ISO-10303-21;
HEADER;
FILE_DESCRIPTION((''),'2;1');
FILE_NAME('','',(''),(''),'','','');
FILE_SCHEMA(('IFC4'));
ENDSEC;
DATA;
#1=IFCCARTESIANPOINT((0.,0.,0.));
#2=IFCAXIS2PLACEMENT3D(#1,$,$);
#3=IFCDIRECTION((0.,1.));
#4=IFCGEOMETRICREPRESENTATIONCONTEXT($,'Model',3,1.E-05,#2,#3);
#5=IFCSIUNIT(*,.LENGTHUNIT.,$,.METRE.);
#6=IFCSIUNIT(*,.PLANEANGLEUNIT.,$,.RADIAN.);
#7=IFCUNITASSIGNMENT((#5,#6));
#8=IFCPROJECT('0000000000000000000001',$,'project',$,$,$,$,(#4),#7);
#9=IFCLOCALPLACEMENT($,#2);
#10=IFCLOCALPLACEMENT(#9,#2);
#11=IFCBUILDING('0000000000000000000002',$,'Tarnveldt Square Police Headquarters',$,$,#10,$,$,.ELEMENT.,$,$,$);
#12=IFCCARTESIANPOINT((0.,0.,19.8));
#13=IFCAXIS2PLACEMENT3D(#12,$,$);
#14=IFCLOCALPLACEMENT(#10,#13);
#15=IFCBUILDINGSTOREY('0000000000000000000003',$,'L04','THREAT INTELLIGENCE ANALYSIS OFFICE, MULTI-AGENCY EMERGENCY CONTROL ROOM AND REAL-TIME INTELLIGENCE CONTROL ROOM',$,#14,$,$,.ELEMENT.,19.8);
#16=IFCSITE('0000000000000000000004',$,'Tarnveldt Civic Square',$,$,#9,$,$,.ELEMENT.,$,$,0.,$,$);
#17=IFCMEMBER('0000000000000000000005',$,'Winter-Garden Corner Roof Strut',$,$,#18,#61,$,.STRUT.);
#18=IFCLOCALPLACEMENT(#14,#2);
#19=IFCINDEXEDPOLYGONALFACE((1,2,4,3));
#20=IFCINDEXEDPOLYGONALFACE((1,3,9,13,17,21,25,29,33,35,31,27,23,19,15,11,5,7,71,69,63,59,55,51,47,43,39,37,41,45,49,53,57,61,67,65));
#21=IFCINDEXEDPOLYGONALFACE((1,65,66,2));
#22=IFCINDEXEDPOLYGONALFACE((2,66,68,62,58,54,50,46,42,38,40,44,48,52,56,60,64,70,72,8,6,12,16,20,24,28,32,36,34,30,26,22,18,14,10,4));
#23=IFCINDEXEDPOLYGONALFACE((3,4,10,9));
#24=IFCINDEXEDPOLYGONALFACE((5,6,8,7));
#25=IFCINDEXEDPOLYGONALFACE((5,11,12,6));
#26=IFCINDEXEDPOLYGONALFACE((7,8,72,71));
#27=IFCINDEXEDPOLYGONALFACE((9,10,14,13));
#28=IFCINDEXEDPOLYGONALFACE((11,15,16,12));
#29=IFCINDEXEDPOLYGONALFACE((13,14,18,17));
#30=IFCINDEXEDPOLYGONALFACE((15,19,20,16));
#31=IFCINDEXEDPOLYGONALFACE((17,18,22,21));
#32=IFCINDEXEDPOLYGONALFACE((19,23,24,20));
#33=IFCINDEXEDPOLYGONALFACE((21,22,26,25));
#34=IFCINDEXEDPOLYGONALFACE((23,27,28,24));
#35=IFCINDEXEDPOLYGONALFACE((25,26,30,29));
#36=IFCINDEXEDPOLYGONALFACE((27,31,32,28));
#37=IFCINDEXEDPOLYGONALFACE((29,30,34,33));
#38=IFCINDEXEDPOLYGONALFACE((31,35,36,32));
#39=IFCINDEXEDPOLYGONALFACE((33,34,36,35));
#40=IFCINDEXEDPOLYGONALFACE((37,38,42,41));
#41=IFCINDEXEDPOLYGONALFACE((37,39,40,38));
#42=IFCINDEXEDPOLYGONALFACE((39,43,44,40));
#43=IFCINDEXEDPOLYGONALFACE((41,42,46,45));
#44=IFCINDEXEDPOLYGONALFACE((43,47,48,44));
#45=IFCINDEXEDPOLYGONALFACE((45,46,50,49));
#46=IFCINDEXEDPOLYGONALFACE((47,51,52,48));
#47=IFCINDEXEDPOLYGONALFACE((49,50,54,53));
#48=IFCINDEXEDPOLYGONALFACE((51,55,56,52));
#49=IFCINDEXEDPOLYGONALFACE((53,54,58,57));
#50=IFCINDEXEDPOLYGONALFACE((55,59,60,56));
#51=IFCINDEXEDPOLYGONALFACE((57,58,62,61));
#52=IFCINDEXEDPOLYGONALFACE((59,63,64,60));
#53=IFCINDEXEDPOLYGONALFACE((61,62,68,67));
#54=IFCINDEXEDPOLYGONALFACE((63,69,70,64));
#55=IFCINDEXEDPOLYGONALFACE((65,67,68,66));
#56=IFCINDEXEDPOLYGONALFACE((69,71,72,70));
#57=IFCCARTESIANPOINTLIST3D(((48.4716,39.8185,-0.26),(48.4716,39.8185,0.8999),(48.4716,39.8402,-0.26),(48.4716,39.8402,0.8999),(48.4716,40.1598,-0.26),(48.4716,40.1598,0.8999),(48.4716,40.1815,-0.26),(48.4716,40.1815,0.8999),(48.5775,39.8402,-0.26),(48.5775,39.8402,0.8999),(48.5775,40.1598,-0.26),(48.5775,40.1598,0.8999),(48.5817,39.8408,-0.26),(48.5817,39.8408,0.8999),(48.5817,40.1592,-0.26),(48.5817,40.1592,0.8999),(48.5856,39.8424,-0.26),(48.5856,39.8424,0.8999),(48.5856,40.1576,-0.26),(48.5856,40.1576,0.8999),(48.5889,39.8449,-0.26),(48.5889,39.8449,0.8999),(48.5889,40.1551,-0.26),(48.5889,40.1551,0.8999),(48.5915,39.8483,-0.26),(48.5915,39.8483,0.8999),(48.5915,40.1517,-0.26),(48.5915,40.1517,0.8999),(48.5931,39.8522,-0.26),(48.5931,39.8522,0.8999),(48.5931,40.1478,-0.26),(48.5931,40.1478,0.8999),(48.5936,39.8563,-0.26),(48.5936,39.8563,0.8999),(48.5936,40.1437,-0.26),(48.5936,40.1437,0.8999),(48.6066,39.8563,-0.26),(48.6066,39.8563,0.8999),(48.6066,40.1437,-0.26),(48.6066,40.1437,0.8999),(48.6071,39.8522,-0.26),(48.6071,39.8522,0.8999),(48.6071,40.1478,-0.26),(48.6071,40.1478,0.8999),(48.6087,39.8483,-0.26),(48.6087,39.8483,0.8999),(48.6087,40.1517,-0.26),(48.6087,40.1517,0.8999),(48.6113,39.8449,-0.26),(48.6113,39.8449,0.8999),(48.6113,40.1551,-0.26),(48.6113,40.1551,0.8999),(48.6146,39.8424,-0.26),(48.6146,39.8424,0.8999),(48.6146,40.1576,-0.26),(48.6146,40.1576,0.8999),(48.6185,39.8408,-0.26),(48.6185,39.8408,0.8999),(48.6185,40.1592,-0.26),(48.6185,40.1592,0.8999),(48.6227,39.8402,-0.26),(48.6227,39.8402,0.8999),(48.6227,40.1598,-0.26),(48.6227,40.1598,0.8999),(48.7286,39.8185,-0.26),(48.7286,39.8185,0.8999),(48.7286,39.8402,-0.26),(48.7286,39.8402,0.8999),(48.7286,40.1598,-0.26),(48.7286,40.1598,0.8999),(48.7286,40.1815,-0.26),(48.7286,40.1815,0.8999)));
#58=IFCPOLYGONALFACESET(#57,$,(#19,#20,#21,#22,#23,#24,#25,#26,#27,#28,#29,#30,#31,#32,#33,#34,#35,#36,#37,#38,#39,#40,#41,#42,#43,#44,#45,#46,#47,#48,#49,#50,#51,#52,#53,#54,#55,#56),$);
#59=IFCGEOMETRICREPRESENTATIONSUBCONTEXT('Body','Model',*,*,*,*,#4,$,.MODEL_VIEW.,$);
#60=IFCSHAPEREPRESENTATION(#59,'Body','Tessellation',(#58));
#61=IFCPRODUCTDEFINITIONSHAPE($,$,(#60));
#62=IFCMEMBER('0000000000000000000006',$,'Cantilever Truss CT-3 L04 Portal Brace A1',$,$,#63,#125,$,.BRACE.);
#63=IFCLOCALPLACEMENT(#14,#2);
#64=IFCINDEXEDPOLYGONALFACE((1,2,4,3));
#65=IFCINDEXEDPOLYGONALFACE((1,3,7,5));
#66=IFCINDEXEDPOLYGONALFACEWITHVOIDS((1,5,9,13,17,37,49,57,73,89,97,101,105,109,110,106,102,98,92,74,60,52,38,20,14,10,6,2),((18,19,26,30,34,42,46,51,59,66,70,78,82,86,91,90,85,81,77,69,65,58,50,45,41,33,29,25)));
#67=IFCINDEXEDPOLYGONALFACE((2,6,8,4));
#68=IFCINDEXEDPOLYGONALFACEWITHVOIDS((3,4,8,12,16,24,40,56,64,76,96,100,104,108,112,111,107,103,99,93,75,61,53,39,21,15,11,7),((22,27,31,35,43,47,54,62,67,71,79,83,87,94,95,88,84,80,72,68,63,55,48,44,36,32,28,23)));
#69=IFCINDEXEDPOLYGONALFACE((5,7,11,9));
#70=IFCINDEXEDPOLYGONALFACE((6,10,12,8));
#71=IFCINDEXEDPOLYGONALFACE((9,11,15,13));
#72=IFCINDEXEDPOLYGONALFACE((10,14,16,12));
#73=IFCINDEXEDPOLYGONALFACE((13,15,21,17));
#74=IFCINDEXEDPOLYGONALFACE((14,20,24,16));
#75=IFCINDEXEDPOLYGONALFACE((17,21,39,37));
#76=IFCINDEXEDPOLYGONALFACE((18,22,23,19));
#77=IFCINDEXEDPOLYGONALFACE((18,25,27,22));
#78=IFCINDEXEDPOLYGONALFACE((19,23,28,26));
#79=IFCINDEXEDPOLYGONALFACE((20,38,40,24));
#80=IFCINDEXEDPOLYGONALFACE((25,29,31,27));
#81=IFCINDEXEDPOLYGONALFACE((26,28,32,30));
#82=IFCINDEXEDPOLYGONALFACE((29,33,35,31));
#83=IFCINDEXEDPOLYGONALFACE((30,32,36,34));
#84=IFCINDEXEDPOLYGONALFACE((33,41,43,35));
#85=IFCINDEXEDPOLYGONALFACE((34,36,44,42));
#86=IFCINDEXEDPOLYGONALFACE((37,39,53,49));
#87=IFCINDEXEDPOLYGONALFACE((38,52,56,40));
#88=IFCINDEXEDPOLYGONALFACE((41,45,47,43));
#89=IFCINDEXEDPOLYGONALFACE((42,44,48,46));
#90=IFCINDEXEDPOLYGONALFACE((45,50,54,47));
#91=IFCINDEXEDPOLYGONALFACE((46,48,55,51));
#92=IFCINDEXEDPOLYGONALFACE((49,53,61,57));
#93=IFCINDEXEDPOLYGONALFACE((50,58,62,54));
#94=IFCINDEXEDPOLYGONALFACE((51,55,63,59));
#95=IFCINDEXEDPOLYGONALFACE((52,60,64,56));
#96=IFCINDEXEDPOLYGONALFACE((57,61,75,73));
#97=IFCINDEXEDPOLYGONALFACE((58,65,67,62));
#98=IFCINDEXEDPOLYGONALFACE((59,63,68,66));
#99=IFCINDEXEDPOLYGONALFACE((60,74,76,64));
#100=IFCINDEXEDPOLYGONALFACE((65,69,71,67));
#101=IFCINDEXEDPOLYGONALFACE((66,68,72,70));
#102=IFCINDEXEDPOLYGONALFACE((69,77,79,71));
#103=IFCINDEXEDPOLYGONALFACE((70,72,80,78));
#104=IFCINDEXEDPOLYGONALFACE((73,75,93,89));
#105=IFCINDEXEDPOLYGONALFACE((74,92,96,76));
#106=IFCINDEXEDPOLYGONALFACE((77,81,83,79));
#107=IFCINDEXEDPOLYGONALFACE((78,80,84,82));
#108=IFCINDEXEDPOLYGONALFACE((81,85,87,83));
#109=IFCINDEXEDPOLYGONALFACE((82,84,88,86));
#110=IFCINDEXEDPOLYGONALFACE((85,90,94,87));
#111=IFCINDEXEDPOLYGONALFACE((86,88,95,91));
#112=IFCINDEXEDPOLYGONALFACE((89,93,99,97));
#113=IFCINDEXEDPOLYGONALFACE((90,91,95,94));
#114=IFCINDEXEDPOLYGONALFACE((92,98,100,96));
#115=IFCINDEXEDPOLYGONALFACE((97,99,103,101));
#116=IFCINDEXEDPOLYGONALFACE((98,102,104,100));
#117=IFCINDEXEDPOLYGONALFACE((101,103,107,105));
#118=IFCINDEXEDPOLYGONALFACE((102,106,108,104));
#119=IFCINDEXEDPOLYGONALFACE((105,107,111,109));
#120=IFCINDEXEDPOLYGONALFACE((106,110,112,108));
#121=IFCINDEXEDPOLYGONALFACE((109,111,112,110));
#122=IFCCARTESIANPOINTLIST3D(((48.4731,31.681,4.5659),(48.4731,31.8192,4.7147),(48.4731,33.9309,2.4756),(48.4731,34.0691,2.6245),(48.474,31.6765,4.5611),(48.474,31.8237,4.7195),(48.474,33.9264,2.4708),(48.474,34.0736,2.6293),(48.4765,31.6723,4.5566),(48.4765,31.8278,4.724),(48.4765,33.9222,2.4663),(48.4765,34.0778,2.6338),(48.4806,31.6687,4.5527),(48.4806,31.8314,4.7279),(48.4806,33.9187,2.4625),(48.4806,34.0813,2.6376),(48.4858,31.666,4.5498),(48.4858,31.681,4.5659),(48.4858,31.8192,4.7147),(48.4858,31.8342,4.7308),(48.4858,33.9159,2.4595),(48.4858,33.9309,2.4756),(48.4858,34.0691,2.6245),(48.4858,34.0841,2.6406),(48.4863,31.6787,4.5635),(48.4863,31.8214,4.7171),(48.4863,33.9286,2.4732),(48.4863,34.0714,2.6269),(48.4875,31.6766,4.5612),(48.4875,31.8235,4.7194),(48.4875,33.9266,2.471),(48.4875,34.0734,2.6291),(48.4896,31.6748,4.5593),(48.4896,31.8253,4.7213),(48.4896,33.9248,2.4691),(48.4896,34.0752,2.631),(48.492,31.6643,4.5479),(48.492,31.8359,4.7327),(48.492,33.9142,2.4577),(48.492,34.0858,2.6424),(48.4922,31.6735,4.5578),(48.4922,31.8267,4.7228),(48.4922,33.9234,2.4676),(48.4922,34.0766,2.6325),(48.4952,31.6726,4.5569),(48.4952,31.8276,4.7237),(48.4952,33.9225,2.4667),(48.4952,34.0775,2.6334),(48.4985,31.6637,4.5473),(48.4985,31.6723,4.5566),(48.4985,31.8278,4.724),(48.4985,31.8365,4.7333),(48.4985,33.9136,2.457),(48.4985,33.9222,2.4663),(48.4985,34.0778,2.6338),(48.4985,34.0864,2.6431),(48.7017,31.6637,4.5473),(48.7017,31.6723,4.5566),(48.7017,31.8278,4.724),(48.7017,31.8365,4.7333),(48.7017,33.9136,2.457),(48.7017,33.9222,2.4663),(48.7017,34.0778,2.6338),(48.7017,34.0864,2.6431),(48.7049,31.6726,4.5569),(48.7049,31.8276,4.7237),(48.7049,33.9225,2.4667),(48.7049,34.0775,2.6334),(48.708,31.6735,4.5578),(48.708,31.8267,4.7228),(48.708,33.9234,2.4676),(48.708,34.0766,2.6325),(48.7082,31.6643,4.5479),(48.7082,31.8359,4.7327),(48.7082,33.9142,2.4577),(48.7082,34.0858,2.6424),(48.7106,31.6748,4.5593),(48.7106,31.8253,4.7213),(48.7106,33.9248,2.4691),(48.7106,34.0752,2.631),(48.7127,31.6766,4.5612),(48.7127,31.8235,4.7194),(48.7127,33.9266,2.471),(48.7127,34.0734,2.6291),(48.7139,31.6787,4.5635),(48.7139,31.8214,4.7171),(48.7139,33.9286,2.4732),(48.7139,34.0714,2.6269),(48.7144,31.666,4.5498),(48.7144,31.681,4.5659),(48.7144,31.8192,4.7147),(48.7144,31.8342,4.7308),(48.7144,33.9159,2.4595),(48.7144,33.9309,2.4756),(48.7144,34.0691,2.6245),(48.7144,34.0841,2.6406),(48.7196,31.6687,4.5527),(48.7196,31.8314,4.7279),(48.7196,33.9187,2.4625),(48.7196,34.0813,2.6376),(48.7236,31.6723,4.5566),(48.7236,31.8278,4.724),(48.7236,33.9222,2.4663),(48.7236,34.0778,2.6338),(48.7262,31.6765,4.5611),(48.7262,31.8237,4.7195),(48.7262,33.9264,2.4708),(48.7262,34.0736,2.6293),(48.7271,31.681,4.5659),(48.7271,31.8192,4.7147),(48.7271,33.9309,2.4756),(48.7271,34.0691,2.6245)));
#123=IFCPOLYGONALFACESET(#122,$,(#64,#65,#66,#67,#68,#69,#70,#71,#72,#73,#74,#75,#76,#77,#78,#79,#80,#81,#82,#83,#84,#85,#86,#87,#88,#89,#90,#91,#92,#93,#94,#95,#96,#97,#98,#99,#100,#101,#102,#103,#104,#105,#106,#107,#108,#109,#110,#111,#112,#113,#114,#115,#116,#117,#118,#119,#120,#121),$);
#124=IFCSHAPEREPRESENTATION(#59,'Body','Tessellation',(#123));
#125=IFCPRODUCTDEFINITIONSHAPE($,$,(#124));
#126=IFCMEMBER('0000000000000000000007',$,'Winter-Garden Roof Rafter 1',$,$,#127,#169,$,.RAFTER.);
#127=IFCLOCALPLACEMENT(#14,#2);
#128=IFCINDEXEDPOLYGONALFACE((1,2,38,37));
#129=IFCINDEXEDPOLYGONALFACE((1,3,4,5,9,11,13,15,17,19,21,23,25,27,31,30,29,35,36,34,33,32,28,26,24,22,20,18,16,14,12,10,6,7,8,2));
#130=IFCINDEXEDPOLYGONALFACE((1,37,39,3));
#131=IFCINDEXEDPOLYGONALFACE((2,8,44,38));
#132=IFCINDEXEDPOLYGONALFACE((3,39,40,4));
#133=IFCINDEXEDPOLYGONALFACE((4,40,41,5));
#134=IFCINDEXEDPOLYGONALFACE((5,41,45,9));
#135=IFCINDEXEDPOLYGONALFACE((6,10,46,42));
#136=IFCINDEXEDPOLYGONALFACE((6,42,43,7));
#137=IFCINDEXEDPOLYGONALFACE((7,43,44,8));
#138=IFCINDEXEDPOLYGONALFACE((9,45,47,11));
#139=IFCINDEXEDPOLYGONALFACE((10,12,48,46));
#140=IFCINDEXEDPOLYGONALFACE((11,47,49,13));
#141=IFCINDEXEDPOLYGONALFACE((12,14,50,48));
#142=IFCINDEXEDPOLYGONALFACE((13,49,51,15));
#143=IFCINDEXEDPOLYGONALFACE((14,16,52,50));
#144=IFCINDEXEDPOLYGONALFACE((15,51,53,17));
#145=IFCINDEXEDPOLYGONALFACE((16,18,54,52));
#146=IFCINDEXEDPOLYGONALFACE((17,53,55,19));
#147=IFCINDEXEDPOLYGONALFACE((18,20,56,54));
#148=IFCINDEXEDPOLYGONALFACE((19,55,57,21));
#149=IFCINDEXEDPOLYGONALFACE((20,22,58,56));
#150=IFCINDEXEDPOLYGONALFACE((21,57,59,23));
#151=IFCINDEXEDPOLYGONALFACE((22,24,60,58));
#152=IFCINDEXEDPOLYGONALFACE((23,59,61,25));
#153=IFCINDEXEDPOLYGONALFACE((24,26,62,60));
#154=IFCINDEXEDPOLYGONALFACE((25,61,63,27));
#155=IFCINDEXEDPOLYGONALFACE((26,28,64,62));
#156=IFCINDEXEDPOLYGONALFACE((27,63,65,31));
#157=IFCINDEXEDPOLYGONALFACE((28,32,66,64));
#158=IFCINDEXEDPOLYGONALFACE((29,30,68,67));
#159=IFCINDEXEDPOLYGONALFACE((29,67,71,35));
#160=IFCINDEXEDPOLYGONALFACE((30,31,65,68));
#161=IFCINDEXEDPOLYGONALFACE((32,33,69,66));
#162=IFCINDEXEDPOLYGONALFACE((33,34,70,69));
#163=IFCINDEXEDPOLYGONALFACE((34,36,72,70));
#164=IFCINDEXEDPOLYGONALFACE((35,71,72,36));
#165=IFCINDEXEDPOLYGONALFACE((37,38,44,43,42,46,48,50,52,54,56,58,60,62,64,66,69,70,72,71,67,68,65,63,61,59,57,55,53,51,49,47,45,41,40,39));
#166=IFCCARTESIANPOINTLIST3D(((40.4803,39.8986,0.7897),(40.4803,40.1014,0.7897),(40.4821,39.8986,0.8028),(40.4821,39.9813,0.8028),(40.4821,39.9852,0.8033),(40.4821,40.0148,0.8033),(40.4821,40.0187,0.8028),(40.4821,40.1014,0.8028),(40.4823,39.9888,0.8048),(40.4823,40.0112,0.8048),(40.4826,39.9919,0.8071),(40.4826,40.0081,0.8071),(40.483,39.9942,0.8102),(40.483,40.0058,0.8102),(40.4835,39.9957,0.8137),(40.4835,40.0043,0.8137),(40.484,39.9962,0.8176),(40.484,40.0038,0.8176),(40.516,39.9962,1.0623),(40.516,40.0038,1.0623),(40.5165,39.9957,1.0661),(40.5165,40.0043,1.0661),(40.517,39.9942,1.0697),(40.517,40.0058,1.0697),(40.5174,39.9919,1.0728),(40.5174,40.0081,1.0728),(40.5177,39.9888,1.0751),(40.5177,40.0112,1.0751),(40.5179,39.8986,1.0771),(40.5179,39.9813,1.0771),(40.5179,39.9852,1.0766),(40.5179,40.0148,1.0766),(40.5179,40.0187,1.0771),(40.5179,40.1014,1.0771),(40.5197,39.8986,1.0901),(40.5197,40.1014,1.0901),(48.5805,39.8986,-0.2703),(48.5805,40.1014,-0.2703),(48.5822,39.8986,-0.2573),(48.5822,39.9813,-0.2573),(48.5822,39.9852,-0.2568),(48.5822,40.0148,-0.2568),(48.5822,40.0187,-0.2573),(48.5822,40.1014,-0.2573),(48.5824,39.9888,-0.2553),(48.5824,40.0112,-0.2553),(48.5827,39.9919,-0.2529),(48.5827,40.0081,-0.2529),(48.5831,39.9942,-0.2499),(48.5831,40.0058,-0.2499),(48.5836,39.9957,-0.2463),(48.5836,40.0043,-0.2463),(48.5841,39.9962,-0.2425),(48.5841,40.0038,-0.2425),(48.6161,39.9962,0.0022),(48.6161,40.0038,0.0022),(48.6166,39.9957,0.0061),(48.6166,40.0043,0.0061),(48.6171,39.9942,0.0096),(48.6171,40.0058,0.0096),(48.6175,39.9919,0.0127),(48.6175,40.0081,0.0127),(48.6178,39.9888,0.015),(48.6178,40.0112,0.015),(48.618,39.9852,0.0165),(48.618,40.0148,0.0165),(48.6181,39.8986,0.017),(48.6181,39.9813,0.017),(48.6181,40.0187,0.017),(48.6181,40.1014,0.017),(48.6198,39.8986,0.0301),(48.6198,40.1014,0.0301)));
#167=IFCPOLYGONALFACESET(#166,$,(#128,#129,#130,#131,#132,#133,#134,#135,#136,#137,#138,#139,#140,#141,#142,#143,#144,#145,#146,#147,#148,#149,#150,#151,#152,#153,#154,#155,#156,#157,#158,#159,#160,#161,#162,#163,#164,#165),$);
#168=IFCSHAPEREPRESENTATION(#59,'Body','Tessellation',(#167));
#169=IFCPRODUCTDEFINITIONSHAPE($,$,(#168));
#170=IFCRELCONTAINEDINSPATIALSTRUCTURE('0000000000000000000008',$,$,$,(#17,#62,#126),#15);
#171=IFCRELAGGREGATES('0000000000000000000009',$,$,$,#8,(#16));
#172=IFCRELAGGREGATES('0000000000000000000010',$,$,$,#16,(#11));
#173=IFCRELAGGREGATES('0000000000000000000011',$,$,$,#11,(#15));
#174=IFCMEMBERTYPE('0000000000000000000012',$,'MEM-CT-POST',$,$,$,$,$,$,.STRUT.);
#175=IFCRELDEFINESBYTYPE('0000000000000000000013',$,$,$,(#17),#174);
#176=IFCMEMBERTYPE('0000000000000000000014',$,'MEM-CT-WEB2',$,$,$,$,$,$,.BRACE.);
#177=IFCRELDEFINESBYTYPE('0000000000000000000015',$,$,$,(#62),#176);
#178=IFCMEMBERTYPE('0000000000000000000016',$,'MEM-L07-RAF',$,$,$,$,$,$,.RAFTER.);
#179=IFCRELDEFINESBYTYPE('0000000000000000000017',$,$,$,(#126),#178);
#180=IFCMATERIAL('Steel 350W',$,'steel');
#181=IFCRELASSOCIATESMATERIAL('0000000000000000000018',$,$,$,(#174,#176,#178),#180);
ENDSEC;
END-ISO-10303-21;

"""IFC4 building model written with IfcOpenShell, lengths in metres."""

from ifc_helpers import new_model, si_unit, direction, frame, origin, origin_2d, place, context, subcontext, project, spatial, hollow_rectangle, i_section, extrude, material, material_profile, profile_set, type_object, element, save


model = new_model("IFC4")

# Units and contexts
model_context = context("Model", 3, precision=1e-05, world=origin(), true_north=direction((0.0, 1.0)))
body_context = subcontext(model_context, "Body", "Model", "MODEL_VIEW")
ifc_project = project(units=[si_unit("LENGTHUNIT", "METRE"), si_unit("PLANEANGLEUNIT", "RADIAN")], contexts=[model_context])

# Site, building, storey
site_placement = place(None, origin())
site = spatial("IfcSite", under=ifc_project, at=site_placement, Name="Tarnveldt Civic Square", CompositionType="ELEMENT", RefElevation=0.0)
building_placement = place(site_placement, origin())
building = spatial("IfcBuilding", under=site, at=building_placement, Name="Tarnveldt Square Police Headquarters", CompositionType="ELEMENT")
storey_placement = place(building_placement, frame((0.0, 0.0, 19.8)))
storey = spatial("IfcBuildingStorey", under=building, at=storey_placement, Name="L04", Description="THREAT INTELLIGENCE ANALYSIS OFFICE, MULTI-AGENCY EMERGENCY CONTROL ROOM AND REAL-TIME INTELLIGENCE CONTROL ROOM", CompositionType="ELEMENT", Elevation=19.8)

# Shared definitions
ifc_material_1 = material(Name="Steel 350W", Category="steel")

# Members
ifc_material_profile_1 = material_profile(ifc_material_1, i_section(OverallWidth=0.2571, OverallDepth=0.363, WebThickness=0.0129, FlangeThickness=0.0217, FilletRadius=0.0161, at=origin_2d()), Name="W360x122")
ifc_profile_set_1 = profile_set([ifc_material_profile_1], Name="Steel 350W")
member_type_1 = type_object("IfcMemberType", Name="MEM-CT-POST", PredefinedType="STRUT", material=ifc_profile_set_1)
member_1_placement = place(storey_placement, frame((48.6001, 40.0, -0.26), z_axis=(0.0, 0.0, 1.0), x_axis=(1.0, 0.0, 0.0)))
element("IfcMember", 1, at=member_1_placement, inside=storey, type_object=member_type_1, Name="Winter-Garden Corner Roof Strut", PredefinedType="STRUT", context=body_context, shape_type="SweptSolid", body=[
    extrude(i_section(OverallWidth=0.2571, OverallDepth=0.363, WebThickness=0.0129, FlangeThickness=0.0217, FilletRadius=0.0161, at=origin_2d()), origin(), (0.0, 0.0, 1.0), 1.1599),
])
ifc_material_profile_2 = material_profile(ifc_material_1, hollow_rectangle(XDim=0.2539, YDim=0.2539, WallThickness=0.0127, InnerFilletRadius=0.0127, OuterFilletRadius=0.0254, at=origin_2d()), Name="HSS254x254x13")
ifc_profile_set_2 = profile_set([ifc_material_profile_2], Name="Steel 350W")
member_type_2 = type_object("IfcMemberType", Name="MEM-CT-WEB2", PredefinedType="BRACE", material=ifc_profile_set_2)
member_2_placement = place(storey_placement, frame((48.6001, 34.0, 2.55), z_axis=(0.0, -0.732624, 0.680634), x_axis=(1.0, 0.0, 0.0)))
element("IfcMember", 2, at=member_2_placement, inside=storey, type_object=member_type_2, Name="Cantilever Truss CT-3 L04 Portal Brace A1", PredefinedType="BRACE", context=body_context, shape_type="SweptSolid", body=[
    extrude(hollow_rectangle(XDim=0.2539, YDim=0.2539, WallThickness=0.0127, InnerFilletRadius=0.0127, OuterFilletRadius=0.0254, at=origin_2d()), origin(), (0.0, 0.0, 1.0), 3.071),
])
ifc_material_profile_3 = material_profile(ifc_material_1, i_section(OverallWidth=0.2029, OverallDepth=0.303, WebThickness=0.0076, FlangeThickness=0.0132, FilletRadius=0.0149, at=origin_2d()), Name="W310x60")
ifc_profile_set_3 = profile_set([ifc_material_profile_3], Name="Steel 350W")
member_type_3 = type_object("IfcMemberType", Name="MEM-L07-RAF", PredefinedType="RAFTER", material=ifc_profile_set_3)
member_3_placement = place(storey_placement, frame((40.5, 40.0, 0.9399), z_axis=(0.991545, 0.0, -0.129763), x_axis=(0.0, 1.0, 0.0)))
element("IfcMember", 3, at=member_3_placement, inside=storey, type_object=member_type_3, Name="Winter-Garden Roof Rafter 1", PredefinedType="RAFTER", context=body_context, shape_type="SweptSolid", body=[
    extrude(i_section(OverallWidth=0.2029, OverallDepth=0.303, WebThickness=0.0076, FlangeThickness=0.0132, FilletRadius=0.0149, at=origin_2d()), origin(), (0.0, 0.0, 1.0), 8.1692),
])

save(model, "model.ifc")
